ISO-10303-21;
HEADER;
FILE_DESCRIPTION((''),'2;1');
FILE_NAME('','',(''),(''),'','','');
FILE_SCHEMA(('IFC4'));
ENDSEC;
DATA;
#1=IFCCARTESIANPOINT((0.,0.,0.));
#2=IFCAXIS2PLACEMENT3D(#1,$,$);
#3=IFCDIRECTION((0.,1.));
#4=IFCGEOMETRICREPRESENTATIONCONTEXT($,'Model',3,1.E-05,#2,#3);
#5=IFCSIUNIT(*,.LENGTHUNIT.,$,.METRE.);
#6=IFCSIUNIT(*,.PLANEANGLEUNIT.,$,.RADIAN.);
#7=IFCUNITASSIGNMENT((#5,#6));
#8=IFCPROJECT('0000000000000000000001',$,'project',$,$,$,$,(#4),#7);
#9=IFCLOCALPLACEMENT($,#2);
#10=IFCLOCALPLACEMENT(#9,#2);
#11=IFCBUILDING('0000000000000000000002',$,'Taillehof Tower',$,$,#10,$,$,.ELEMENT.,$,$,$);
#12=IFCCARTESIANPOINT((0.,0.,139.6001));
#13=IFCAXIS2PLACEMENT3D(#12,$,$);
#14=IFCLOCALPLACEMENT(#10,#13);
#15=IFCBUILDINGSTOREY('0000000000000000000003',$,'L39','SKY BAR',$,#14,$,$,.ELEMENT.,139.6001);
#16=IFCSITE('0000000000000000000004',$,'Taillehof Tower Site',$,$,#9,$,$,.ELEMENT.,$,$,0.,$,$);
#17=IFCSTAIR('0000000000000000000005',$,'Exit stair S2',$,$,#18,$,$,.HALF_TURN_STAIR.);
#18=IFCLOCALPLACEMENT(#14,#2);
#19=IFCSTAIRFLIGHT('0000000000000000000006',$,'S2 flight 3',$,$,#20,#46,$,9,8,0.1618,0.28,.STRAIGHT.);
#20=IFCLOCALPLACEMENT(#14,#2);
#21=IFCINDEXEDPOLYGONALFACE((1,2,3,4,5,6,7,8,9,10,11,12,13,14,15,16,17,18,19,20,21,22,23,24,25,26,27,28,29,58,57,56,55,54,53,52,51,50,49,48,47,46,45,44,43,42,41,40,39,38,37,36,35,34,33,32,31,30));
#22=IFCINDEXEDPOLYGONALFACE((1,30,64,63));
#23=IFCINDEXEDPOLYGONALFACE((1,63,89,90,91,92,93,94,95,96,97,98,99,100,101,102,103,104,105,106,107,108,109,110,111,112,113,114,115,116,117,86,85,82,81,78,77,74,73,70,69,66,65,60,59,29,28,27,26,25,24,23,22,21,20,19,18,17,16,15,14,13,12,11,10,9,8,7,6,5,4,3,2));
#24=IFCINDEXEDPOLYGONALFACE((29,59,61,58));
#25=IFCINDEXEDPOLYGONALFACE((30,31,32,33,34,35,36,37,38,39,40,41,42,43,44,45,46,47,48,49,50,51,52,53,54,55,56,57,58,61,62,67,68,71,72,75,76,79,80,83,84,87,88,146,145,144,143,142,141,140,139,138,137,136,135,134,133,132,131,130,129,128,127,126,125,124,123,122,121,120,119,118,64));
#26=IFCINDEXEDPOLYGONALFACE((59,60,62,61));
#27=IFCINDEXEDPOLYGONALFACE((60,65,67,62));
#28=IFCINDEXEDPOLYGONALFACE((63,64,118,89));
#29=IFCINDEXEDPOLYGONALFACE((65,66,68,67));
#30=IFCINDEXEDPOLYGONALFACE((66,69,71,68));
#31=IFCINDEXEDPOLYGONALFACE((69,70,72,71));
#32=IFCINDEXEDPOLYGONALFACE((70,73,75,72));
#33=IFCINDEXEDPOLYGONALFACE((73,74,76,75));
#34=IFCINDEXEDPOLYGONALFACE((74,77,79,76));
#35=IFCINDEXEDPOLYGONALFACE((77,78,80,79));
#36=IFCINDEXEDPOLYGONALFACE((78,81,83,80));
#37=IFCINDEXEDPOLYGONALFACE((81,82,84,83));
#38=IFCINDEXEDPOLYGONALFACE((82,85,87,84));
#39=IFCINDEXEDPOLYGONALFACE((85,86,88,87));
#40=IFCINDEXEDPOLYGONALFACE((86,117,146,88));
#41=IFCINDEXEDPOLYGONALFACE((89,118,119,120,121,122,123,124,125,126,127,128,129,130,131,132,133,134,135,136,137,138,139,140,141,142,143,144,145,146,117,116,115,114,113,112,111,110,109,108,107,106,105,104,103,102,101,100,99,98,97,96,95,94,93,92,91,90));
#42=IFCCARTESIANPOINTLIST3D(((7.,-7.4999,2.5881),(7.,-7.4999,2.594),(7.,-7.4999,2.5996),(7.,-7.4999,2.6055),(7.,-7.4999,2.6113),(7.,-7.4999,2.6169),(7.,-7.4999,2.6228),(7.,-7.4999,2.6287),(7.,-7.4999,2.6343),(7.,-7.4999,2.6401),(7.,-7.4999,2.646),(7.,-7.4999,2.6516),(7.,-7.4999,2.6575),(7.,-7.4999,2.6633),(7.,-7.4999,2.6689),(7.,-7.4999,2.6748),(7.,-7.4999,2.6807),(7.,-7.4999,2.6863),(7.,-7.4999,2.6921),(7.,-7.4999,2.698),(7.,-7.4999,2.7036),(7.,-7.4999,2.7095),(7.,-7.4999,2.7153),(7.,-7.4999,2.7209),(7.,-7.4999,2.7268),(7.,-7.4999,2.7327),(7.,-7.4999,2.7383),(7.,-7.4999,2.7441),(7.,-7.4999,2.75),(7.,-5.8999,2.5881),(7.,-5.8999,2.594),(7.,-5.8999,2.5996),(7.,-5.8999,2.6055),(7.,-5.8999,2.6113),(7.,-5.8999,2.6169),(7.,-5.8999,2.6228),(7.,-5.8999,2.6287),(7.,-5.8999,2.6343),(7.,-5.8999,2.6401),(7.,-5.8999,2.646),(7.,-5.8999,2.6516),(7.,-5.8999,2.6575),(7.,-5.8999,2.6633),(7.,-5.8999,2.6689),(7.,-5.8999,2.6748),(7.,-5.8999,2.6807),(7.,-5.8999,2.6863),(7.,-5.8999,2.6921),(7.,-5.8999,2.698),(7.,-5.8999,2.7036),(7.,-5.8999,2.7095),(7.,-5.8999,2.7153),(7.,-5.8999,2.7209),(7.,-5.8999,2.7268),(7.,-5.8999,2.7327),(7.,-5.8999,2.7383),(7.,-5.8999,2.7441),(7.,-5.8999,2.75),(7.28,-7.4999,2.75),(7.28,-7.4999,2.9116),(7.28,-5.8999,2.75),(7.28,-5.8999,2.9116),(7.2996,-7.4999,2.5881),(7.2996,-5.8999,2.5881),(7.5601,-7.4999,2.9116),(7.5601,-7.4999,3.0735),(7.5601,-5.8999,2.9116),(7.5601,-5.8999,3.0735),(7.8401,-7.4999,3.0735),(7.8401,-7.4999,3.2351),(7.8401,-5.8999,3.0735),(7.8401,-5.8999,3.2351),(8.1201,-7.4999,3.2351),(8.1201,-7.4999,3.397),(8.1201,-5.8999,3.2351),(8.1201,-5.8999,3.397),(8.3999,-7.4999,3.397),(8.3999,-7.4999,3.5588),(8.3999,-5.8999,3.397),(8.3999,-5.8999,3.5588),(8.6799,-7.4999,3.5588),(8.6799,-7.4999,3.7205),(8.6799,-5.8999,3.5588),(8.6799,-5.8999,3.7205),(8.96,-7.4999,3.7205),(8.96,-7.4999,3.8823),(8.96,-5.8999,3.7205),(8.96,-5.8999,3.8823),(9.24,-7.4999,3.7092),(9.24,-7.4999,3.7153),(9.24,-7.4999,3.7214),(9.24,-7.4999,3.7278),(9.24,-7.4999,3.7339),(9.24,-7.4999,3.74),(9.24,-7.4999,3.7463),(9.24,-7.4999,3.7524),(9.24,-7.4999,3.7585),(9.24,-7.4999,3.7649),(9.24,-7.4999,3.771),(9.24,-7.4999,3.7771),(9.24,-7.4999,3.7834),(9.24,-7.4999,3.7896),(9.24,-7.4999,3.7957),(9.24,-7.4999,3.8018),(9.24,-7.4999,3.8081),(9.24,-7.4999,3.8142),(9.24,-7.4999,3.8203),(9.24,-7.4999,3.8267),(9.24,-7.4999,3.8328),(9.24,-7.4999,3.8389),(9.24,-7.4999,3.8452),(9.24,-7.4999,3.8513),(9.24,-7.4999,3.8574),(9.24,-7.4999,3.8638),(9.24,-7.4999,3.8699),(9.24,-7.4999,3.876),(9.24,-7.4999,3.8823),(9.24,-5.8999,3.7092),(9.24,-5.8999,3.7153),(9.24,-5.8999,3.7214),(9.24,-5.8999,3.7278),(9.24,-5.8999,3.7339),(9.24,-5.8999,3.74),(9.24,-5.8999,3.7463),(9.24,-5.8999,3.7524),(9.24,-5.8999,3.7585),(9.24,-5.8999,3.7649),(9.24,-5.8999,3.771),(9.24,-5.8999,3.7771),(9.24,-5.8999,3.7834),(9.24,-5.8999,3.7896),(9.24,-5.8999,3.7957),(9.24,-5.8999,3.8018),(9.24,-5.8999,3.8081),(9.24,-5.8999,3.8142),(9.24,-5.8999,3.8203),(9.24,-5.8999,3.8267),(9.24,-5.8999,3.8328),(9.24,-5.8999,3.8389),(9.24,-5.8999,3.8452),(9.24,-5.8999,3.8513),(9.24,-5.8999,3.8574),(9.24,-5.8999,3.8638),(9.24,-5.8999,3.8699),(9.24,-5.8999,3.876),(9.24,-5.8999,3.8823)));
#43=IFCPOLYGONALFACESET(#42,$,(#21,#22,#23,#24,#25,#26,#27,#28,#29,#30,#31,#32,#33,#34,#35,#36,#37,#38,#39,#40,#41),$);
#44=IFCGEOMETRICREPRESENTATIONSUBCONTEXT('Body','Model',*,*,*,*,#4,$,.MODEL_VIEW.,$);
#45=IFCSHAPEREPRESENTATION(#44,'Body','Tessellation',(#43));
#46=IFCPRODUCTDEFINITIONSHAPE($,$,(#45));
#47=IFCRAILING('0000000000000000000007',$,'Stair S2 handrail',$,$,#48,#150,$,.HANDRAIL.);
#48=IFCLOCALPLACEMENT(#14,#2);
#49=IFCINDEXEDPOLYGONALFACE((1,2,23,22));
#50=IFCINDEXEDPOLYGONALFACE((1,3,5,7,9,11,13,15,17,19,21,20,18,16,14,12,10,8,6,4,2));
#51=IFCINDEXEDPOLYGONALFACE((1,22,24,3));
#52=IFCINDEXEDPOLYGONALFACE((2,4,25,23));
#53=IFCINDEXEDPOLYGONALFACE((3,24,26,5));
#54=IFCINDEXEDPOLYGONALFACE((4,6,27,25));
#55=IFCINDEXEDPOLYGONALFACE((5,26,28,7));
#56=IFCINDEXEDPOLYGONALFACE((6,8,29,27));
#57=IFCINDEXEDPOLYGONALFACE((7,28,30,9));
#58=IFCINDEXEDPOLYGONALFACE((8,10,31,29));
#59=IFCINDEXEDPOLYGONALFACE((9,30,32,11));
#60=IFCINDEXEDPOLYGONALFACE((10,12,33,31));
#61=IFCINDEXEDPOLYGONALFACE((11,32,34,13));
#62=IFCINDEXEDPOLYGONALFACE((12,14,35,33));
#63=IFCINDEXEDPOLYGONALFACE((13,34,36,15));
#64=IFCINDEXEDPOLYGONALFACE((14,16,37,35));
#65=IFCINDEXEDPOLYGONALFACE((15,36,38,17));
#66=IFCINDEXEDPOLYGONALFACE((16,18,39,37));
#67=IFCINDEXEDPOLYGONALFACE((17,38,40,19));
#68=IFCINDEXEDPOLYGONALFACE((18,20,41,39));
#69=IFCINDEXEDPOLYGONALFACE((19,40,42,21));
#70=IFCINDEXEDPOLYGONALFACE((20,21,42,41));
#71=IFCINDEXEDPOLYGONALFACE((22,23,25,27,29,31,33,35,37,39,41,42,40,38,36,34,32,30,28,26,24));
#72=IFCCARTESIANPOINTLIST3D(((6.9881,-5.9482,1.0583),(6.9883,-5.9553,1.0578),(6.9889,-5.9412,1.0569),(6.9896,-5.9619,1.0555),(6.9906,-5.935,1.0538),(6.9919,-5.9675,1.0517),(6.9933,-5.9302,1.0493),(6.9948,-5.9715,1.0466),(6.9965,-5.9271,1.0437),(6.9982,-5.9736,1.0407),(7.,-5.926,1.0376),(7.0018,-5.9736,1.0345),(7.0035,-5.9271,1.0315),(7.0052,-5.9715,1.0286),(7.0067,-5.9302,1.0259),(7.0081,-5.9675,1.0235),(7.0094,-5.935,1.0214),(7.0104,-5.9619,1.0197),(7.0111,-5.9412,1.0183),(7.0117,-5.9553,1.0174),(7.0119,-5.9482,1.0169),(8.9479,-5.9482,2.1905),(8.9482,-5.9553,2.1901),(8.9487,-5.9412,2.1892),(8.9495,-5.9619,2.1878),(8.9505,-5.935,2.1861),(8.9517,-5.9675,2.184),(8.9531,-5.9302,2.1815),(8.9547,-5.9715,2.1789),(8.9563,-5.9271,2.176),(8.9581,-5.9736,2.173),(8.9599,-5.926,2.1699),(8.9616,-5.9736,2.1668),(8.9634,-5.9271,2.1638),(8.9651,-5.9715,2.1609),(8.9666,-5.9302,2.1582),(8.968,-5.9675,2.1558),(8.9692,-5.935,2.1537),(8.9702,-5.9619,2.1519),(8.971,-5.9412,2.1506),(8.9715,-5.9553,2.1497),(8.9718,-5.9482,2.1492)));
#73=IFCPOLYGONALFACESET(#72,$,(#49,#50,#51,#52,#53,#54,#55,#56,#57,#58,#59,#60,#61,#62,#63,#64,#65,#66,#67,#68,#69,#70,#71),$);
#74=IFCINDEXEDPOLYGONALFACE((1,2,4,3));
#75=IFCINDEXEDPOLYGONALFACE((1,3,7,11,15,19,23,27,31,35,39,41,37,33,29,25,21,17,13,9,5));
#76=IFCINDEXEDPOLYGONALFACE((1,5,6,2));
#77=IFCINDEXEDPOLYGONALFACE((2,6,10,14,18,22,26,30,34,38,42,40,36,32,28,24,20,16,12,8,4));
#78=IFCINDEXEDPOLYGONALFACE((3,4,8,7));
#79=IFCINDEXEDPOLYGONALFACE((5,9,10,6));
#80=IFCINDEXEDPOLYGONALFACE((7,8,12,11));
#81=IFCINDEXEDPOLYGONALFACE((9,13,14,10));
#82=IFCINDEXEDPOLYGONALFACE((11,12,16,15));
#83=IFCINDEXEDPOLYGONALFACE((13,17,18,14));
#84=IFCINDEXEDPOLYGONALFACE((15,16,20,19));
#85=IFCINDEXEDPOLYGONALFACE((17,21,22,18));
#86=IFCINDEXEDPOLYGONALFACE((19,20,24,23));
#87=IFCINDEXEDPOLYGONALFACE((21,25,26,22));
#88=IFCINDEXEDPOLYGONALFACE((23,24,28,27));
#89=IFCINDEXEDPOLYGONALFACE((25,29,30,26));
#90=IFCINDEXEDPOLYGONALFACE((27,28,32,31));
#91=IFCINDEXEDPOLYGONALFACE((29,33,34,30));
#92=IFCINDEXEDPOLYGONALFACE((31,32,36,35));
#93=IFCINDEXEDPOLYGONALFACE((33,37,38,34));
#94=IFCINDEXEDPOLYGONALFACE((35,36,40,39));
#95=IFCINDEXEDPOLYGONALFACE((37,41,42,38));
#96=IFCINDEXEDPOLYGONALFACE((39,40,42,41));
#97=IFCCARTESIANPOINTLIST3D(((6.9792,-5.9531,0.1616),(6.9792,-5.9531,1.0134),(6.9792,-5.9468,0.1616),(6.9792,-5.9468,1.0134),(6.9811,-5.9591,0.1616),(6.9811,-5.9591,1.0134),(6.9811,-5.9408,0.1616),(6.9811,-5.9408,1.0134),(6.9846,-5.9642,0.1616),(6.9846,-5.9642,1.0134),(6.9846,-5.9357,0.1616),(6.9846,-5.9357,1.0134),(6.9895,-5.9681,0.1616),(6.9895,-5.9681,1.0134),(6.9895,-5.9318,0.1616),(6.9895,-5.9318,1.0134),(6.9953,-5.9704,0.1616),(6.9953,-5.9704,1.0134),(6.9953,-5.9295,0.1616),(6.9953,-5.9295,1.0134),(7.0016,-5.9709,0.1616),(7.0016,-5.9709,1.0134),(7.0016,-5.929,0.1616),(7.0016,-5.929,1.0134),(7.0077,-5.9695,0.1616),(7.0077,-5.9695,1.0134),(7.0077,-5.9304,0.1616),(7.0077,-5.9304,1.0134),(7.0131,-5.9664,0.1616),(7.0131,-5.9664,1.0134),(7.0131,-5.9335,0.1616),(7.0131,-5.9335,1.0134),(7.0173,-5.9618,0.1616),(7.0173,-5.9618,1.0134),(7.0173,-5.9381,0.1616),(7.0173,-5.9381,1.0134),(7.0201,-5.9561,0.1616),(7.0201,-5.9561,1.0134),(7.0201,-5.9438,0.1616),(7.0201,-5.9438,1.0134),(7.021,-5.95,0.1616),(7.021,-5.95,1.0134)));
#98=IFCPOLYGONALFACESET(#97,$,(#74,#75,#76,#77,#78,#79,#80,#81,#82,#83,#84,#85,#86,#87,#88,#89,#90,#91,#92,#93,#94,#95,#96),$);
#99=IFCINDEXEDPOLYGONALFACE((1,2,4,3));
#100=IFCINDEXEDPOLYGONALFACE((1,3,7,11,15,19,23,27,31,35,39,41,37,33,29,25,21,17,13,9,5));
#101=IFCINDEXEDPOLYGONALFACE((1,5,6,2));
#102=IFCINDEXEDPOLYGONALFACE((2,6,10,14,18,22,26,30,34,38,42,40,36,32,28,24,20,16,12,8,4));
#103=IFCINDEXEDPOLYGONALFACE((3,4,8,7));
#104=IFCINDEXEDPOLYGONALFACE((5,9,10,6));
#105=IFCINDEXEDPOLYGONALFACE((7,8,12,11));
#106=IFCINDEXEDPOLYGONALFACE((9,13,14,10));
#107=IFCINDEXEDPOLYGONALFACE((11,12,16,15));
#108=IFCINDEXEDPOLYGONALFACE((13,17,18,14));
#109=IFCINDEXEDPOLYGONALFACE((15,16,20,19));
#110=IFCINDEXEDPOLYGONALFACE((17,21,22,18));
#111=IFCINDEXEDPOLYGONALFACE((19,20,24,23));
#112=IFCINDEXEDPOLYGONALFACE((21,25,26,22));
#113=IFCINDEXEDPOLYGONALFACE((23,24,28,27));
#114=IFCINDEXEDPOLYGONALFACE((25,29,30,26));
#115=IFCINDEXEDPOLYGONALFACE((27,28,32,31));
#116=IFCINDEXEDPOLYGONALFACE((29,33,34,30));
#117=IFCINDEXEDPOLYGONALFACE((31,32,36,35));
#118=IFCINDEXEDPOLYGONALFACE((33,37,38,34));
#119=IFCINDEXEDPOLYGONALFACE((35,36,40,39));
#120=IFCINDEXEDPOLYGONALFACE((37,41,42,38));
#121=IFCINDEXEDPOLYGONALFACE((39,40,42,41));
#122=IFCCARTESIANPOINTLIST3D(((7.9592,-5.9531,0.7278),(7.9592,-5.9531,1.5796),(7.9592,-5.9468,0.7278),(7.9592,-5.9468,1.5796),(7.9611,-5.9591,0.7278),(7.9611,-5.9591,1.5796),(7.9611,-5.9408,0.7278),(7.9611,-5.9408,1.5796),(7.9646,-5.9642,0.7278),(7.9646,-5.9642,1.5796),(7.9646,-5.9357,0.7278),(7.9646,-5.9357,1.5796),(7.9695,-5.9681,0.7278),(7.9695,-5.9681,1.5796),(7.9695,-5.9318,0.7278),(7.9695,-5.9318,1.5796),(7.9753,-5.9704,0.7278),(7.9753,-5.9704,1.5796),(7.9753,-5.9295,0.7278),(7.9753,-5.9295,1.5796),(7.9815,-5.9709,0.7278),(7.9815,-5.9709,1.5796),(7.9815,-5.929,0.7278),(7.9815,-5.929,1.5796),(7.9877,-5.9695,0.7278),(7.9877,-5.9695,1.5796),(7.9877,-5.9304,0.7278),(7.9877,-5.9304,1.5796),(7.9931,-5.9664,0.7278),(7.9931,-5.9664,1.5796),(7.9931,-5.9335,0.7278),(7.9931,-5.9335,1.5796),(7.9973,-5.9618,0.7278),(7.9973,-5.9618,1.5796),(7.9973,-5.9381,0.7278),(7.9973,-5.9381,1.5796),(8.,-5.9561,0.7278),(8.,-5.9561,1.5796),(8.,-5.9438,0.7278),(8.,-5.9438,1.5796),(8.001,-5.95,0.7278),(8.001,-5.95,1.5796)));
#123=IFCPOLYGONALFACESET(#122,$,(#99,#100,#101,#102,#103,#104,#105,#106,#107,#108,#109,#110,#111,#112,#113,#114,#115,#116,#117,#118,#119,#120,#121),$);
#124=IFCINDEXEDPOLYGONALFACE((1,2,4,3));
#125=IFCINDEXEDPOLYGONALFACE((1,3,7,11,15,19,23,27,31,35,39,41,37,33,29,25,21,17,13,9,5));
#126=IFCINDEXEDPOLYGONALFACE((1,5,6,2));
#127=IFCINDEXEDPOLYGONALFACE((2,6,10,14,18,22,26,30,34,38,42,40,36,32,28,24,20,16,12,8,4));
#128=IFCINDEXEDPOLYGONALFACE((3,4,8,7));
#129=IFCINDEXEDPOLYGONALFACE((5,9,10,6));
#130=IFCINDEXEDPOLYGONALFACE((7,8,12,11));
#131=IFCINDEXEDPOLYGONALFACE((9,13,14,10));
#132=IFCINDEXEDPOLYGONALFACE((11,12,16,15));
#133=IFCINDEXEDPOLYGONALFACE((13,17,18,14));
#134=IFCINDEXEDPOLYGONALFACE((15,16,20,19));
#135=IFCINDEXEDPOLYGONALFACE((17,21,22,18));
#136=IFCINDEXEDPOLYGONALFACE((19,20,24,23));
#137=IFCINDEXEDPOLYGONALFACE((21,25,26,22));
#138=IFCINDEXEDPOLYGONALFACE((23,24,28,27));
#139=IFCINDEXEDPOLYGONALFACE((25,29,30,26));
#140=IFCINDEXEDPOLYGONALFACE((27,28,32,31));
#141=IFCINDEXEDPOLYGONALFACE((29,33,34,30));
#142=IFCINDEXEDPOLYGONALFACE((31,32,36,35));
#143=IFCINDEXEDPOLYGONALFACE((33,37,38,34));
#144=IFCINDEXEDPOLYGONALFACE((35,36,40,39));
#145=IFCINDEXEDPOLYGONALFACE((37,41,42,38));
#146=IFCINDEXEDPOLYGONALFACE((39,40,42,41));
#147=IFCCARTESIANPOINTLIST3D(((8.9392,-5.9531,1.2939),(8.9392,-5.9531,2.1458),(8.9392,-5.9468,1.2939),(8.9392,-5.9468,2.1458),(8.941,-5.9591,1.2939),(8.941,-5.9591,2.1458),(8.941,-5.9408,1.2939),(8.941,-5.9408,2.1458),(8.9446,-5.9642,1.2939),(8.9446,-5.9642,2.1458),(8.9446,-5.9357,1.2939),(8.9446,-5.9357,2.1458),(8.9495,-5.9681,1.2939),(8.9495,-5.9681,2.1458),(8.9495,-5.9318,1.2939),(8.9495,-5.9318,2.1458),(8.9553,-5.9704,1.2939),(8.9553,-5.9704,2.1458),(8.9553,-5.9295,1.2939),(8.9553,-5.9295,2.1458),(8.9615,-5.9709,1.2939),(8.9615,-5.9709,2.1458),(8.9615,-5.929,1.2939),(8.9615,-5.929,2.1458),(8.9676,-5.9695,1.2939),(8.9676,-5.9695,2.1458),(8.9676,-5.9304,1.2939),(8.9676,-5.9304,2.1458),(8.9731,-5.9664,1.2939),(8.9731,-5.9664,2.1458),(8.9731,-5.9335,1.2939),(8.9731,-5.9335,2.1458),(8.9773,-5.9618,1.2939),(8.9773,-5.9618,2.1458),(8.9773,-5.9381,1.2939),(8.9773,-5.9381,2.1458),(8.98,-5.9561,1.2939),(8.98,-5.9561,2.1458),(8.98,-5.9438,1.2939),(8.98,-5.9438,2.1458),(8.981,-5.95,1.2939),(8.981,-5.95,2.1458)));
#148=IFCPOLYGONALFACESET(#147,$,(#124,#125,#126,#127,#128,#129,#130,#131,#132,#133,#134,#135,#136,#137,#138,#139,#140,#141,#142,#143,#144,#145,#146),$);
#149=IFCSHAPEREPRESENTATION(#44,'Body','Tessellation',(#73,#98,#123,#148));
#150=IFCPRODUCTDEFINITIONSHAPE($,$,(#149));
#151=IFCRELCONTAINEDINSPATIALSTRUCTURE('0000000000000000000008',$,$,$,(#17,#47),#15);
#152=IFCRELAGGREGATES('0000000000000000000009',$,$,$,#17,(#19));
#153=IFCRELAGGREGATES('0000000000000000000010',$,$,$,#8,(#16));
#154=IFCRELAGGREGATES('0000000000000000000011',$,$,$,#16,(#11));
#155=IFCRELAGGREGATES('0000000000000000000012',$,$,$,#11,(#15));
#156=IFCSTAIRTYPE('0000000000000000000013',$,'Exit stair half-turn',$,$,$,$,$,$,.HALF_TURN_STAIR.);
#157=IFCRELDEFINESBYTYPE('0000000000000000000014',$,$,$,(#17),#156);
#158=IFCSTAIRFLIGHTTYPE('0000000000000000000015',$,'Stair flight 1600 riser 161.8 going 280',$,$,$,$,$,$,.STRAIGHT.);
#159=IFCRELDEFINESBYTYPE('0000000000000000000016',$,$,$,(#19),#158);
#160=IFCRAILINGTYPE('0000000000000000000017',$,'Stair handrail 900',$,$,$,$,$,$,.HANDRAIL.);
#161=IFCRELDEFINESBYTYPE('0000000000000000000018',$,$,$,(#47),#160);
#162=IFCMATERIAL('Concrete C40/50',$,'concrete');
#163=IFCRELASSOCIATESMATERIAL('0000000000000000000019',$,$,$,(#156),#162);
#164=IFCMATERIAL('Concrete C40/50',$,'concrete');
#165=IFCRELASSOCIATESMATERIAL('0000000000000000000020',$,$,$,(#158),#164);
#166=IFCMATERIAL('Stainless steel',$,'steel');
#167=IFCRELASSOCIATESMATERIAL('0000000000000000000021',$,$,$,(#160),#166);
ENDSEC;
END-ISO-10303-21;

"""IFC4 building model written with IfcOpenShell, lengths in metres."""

from ifc_helpers import new_model, si_unit, direction, frame, origin, origin_2d, place, context, subcontext, project, spatial, polyline, circle, outline, extrude, material, type_object, element, aggregate, save


model = new_model("IFC4")

# Units and contexts
model_context = context("Model", 3, precision=1e-05, world=origin(), true_north=direction((0.0, 1.0)))
body_context = subcontext(model_context, "Body", "Model", "MODEL_VIEW")
ifc_project = project(units=[si_unit("LENGTHUNIT", "METRE"), si_unit("PLANEANGLEUNIT", "RADIAN")], contexts=[model_context])

# Site, building, storey
site_placement = place(None, origin())
site = spatial("IfcSite", under=ifc_project, at=site_placement, Name="Taillehof Tower Site", CompositionType="ELEMENT", RefElevation=0.0)
building_placement = place(site_placement, origin())
building = spatial("IfcBuilding", under=site, at=building_placement, Name="Taillehof Tower", CompositionType="ELEMENT")
storey_placement = place(building_placement, frame((0.0, 0.0, 139.6001)))
storey = spatial("IfcBuildingStorey", under=building, at=storey_placement, Name="L39", Description="SKY BAR", CompositionType="ELEMENT", Elevation=139.6001)

# Stair
ifc_material_1 = material(Name="Concrete C40/50", Category="concrete")
stair_type = type_object("IfcStairType", Name="Exit stair half-turn", PredefinedType="HALF_TURN_STAIR", material=ifc_material_1)
stair_1_placement = place(storey_placement, origin())
stair_1 = element("IfcStair", 1, at=stair_1_placement, inside=storey, type_object=stair_type, Name="Exit stair S2", PredefinedType="HALF_TURN_STAIR")

# Stair flight
ifc_material_2 = material(Name="Concrete C40/50", Category="concrete")
stair_flight_type = type_object("IfcStairFlightType", Name="Stair flight 1600 riser 161.8 going 280", PredefinedType="STRAIGHT", material=ifc_material_2)
stair_flight_1_placement = place(storey_placement, frame((7.0, -6.7, 2.5881), z_axis=(0.0, 0.0, 1.0), x_axis=(1.0, 0.0, 0.0)))
stair_flight_1 = element("IfcStairFlight", 2, at=stair_flight_1_placement, type_object=stair_flight_type, Name="S2 flight 3", NumberOfRisers=9, NumberOfTreads=8, PredefinedType="STRAIGHT", RiserHeight=0.1618, TreadLength=0.28, context=body_context, shape_type="SweptSolid", body=[
    extrude(outline(polyline([(0.0, 0.0), (0.0, 0.0059), (0.0, 0.0115), (0.0, 0.0173), (0.0, 0.0232), (0.0, 0.0288), (0.0, 0.0347), (0.0, 0.0405), (0.0, 0.0461), (0.0, 0.052), (0.0, 0.0579), (0.0, 0.0635), (0.0, 0.0693), (0.0, 0.0752), (0.0, 0.0808), (0.0, 0.0867), (0.0, 0.0925), (0.0, 0.0981), (0.0, 0.104), (0.0, 0.1099), (0.0, 0.1155), (0.0, 0.1213), (0.0, 0.1272), (0.0, 0.1328), (0.0, 0.1387), (0.0, 0.1445), (0.0, 0.1501), (0.0, 0.156), (0.0, 0.1619), (0.28, 0.1619), (0.28, 0.3235), (0.5601, 0.3235), (0.5601, 0.4854), (0.8401, 0.4854), (0.8401, 0.647), (1.1201, 0.647), (1.1201, 0.8088), (1.3999, 0.8088), (1.3999, 0.9707), (1.6799, 0.9707), (1.6799, 1.1323), (1.96, 1.1323), (1.96, 1.2942), (2.24, 1.2942), (2.24, 1.2878), (2.24, 1.2817), (2.24, 1.2756), (2.24, 1.2693), (2.24, 1.2632), (2.24, 1.2571), (2.24, 1.2507), (2.24, 1.2446), (2.24, 1.2385), (2.24, 1.2322), (2.24, 1.2261), (2.24, 1.22), (2.24, 1.2136), (2.24, 1.2075), (2.24, 1.2014), (2.24, 1.1953), (2.24, 1.189), (2.24, 1.1829), (2.24, 1.1768), (2.24, 1.1704), (2.24, 1.1643), (2.24, 1.1582), (2.24, 1.1519), (2.24, 1.1458), (2.24, 1.1396), (2.24, 1.1333), (2.24, 1.1272), (2.24, 1.1211), (0.2996, 0.0), (0.0, 0.0)])), frame((0.0, 0.8, 0.0), z_axis=(0.0, -1.0, 0.0), x_axis=(1.0, 0.0, 0.0)), (0.0, 0.0, 1.0), 1.6),
])
aggregate(stair_1, [stair_flight_1])

# Railing
ifc_material_3 = material(Name="Stainless steel", Category="steel")
railing_type = type_object("IfcRailingType", Name="Stair handrail 900", PredefinedType="HANDRAIL", material=ifc_material_3)
railing_1_placement = place(storey_placement, frame((7.0, -5.95, 0.1616)))
element("IfcRailing", 3, at=railing_1_placement, inside=storey, type_object=railing_type, Name="Stair S2 handrail", PredefinedType="HANDRAIL", context=body_context, shape_type="SweptSolid", body=[
    extrude(circle(Radius=0.0239, at=origin_2d()), frame((0.0, 0.0, 0.876), z_axis=(0.865884, 0.0, 0.500245), x_axis=(0.0, 1.0, 0.0)), (0.0, 0.0, 1.0), 2.2634),
    extrude(circle(Radius=0.021, at=origin_2d()), origin(), (0.0, 0.0, 1.0), 0.8518),
    extrude(circle(Radius=0.021, at=origin_2d()), frame((0.98, 0.0, 0.5662)), (0.0, 0.0, 1.0), 0.8518),
    extrude(circle(Radius=0.021, at=origin_2d()), frame((1.96, 0.0, 1.1323)), (0.0, 0.0, 1.0), 0.8518),
])

save(model, "model.ifc")
